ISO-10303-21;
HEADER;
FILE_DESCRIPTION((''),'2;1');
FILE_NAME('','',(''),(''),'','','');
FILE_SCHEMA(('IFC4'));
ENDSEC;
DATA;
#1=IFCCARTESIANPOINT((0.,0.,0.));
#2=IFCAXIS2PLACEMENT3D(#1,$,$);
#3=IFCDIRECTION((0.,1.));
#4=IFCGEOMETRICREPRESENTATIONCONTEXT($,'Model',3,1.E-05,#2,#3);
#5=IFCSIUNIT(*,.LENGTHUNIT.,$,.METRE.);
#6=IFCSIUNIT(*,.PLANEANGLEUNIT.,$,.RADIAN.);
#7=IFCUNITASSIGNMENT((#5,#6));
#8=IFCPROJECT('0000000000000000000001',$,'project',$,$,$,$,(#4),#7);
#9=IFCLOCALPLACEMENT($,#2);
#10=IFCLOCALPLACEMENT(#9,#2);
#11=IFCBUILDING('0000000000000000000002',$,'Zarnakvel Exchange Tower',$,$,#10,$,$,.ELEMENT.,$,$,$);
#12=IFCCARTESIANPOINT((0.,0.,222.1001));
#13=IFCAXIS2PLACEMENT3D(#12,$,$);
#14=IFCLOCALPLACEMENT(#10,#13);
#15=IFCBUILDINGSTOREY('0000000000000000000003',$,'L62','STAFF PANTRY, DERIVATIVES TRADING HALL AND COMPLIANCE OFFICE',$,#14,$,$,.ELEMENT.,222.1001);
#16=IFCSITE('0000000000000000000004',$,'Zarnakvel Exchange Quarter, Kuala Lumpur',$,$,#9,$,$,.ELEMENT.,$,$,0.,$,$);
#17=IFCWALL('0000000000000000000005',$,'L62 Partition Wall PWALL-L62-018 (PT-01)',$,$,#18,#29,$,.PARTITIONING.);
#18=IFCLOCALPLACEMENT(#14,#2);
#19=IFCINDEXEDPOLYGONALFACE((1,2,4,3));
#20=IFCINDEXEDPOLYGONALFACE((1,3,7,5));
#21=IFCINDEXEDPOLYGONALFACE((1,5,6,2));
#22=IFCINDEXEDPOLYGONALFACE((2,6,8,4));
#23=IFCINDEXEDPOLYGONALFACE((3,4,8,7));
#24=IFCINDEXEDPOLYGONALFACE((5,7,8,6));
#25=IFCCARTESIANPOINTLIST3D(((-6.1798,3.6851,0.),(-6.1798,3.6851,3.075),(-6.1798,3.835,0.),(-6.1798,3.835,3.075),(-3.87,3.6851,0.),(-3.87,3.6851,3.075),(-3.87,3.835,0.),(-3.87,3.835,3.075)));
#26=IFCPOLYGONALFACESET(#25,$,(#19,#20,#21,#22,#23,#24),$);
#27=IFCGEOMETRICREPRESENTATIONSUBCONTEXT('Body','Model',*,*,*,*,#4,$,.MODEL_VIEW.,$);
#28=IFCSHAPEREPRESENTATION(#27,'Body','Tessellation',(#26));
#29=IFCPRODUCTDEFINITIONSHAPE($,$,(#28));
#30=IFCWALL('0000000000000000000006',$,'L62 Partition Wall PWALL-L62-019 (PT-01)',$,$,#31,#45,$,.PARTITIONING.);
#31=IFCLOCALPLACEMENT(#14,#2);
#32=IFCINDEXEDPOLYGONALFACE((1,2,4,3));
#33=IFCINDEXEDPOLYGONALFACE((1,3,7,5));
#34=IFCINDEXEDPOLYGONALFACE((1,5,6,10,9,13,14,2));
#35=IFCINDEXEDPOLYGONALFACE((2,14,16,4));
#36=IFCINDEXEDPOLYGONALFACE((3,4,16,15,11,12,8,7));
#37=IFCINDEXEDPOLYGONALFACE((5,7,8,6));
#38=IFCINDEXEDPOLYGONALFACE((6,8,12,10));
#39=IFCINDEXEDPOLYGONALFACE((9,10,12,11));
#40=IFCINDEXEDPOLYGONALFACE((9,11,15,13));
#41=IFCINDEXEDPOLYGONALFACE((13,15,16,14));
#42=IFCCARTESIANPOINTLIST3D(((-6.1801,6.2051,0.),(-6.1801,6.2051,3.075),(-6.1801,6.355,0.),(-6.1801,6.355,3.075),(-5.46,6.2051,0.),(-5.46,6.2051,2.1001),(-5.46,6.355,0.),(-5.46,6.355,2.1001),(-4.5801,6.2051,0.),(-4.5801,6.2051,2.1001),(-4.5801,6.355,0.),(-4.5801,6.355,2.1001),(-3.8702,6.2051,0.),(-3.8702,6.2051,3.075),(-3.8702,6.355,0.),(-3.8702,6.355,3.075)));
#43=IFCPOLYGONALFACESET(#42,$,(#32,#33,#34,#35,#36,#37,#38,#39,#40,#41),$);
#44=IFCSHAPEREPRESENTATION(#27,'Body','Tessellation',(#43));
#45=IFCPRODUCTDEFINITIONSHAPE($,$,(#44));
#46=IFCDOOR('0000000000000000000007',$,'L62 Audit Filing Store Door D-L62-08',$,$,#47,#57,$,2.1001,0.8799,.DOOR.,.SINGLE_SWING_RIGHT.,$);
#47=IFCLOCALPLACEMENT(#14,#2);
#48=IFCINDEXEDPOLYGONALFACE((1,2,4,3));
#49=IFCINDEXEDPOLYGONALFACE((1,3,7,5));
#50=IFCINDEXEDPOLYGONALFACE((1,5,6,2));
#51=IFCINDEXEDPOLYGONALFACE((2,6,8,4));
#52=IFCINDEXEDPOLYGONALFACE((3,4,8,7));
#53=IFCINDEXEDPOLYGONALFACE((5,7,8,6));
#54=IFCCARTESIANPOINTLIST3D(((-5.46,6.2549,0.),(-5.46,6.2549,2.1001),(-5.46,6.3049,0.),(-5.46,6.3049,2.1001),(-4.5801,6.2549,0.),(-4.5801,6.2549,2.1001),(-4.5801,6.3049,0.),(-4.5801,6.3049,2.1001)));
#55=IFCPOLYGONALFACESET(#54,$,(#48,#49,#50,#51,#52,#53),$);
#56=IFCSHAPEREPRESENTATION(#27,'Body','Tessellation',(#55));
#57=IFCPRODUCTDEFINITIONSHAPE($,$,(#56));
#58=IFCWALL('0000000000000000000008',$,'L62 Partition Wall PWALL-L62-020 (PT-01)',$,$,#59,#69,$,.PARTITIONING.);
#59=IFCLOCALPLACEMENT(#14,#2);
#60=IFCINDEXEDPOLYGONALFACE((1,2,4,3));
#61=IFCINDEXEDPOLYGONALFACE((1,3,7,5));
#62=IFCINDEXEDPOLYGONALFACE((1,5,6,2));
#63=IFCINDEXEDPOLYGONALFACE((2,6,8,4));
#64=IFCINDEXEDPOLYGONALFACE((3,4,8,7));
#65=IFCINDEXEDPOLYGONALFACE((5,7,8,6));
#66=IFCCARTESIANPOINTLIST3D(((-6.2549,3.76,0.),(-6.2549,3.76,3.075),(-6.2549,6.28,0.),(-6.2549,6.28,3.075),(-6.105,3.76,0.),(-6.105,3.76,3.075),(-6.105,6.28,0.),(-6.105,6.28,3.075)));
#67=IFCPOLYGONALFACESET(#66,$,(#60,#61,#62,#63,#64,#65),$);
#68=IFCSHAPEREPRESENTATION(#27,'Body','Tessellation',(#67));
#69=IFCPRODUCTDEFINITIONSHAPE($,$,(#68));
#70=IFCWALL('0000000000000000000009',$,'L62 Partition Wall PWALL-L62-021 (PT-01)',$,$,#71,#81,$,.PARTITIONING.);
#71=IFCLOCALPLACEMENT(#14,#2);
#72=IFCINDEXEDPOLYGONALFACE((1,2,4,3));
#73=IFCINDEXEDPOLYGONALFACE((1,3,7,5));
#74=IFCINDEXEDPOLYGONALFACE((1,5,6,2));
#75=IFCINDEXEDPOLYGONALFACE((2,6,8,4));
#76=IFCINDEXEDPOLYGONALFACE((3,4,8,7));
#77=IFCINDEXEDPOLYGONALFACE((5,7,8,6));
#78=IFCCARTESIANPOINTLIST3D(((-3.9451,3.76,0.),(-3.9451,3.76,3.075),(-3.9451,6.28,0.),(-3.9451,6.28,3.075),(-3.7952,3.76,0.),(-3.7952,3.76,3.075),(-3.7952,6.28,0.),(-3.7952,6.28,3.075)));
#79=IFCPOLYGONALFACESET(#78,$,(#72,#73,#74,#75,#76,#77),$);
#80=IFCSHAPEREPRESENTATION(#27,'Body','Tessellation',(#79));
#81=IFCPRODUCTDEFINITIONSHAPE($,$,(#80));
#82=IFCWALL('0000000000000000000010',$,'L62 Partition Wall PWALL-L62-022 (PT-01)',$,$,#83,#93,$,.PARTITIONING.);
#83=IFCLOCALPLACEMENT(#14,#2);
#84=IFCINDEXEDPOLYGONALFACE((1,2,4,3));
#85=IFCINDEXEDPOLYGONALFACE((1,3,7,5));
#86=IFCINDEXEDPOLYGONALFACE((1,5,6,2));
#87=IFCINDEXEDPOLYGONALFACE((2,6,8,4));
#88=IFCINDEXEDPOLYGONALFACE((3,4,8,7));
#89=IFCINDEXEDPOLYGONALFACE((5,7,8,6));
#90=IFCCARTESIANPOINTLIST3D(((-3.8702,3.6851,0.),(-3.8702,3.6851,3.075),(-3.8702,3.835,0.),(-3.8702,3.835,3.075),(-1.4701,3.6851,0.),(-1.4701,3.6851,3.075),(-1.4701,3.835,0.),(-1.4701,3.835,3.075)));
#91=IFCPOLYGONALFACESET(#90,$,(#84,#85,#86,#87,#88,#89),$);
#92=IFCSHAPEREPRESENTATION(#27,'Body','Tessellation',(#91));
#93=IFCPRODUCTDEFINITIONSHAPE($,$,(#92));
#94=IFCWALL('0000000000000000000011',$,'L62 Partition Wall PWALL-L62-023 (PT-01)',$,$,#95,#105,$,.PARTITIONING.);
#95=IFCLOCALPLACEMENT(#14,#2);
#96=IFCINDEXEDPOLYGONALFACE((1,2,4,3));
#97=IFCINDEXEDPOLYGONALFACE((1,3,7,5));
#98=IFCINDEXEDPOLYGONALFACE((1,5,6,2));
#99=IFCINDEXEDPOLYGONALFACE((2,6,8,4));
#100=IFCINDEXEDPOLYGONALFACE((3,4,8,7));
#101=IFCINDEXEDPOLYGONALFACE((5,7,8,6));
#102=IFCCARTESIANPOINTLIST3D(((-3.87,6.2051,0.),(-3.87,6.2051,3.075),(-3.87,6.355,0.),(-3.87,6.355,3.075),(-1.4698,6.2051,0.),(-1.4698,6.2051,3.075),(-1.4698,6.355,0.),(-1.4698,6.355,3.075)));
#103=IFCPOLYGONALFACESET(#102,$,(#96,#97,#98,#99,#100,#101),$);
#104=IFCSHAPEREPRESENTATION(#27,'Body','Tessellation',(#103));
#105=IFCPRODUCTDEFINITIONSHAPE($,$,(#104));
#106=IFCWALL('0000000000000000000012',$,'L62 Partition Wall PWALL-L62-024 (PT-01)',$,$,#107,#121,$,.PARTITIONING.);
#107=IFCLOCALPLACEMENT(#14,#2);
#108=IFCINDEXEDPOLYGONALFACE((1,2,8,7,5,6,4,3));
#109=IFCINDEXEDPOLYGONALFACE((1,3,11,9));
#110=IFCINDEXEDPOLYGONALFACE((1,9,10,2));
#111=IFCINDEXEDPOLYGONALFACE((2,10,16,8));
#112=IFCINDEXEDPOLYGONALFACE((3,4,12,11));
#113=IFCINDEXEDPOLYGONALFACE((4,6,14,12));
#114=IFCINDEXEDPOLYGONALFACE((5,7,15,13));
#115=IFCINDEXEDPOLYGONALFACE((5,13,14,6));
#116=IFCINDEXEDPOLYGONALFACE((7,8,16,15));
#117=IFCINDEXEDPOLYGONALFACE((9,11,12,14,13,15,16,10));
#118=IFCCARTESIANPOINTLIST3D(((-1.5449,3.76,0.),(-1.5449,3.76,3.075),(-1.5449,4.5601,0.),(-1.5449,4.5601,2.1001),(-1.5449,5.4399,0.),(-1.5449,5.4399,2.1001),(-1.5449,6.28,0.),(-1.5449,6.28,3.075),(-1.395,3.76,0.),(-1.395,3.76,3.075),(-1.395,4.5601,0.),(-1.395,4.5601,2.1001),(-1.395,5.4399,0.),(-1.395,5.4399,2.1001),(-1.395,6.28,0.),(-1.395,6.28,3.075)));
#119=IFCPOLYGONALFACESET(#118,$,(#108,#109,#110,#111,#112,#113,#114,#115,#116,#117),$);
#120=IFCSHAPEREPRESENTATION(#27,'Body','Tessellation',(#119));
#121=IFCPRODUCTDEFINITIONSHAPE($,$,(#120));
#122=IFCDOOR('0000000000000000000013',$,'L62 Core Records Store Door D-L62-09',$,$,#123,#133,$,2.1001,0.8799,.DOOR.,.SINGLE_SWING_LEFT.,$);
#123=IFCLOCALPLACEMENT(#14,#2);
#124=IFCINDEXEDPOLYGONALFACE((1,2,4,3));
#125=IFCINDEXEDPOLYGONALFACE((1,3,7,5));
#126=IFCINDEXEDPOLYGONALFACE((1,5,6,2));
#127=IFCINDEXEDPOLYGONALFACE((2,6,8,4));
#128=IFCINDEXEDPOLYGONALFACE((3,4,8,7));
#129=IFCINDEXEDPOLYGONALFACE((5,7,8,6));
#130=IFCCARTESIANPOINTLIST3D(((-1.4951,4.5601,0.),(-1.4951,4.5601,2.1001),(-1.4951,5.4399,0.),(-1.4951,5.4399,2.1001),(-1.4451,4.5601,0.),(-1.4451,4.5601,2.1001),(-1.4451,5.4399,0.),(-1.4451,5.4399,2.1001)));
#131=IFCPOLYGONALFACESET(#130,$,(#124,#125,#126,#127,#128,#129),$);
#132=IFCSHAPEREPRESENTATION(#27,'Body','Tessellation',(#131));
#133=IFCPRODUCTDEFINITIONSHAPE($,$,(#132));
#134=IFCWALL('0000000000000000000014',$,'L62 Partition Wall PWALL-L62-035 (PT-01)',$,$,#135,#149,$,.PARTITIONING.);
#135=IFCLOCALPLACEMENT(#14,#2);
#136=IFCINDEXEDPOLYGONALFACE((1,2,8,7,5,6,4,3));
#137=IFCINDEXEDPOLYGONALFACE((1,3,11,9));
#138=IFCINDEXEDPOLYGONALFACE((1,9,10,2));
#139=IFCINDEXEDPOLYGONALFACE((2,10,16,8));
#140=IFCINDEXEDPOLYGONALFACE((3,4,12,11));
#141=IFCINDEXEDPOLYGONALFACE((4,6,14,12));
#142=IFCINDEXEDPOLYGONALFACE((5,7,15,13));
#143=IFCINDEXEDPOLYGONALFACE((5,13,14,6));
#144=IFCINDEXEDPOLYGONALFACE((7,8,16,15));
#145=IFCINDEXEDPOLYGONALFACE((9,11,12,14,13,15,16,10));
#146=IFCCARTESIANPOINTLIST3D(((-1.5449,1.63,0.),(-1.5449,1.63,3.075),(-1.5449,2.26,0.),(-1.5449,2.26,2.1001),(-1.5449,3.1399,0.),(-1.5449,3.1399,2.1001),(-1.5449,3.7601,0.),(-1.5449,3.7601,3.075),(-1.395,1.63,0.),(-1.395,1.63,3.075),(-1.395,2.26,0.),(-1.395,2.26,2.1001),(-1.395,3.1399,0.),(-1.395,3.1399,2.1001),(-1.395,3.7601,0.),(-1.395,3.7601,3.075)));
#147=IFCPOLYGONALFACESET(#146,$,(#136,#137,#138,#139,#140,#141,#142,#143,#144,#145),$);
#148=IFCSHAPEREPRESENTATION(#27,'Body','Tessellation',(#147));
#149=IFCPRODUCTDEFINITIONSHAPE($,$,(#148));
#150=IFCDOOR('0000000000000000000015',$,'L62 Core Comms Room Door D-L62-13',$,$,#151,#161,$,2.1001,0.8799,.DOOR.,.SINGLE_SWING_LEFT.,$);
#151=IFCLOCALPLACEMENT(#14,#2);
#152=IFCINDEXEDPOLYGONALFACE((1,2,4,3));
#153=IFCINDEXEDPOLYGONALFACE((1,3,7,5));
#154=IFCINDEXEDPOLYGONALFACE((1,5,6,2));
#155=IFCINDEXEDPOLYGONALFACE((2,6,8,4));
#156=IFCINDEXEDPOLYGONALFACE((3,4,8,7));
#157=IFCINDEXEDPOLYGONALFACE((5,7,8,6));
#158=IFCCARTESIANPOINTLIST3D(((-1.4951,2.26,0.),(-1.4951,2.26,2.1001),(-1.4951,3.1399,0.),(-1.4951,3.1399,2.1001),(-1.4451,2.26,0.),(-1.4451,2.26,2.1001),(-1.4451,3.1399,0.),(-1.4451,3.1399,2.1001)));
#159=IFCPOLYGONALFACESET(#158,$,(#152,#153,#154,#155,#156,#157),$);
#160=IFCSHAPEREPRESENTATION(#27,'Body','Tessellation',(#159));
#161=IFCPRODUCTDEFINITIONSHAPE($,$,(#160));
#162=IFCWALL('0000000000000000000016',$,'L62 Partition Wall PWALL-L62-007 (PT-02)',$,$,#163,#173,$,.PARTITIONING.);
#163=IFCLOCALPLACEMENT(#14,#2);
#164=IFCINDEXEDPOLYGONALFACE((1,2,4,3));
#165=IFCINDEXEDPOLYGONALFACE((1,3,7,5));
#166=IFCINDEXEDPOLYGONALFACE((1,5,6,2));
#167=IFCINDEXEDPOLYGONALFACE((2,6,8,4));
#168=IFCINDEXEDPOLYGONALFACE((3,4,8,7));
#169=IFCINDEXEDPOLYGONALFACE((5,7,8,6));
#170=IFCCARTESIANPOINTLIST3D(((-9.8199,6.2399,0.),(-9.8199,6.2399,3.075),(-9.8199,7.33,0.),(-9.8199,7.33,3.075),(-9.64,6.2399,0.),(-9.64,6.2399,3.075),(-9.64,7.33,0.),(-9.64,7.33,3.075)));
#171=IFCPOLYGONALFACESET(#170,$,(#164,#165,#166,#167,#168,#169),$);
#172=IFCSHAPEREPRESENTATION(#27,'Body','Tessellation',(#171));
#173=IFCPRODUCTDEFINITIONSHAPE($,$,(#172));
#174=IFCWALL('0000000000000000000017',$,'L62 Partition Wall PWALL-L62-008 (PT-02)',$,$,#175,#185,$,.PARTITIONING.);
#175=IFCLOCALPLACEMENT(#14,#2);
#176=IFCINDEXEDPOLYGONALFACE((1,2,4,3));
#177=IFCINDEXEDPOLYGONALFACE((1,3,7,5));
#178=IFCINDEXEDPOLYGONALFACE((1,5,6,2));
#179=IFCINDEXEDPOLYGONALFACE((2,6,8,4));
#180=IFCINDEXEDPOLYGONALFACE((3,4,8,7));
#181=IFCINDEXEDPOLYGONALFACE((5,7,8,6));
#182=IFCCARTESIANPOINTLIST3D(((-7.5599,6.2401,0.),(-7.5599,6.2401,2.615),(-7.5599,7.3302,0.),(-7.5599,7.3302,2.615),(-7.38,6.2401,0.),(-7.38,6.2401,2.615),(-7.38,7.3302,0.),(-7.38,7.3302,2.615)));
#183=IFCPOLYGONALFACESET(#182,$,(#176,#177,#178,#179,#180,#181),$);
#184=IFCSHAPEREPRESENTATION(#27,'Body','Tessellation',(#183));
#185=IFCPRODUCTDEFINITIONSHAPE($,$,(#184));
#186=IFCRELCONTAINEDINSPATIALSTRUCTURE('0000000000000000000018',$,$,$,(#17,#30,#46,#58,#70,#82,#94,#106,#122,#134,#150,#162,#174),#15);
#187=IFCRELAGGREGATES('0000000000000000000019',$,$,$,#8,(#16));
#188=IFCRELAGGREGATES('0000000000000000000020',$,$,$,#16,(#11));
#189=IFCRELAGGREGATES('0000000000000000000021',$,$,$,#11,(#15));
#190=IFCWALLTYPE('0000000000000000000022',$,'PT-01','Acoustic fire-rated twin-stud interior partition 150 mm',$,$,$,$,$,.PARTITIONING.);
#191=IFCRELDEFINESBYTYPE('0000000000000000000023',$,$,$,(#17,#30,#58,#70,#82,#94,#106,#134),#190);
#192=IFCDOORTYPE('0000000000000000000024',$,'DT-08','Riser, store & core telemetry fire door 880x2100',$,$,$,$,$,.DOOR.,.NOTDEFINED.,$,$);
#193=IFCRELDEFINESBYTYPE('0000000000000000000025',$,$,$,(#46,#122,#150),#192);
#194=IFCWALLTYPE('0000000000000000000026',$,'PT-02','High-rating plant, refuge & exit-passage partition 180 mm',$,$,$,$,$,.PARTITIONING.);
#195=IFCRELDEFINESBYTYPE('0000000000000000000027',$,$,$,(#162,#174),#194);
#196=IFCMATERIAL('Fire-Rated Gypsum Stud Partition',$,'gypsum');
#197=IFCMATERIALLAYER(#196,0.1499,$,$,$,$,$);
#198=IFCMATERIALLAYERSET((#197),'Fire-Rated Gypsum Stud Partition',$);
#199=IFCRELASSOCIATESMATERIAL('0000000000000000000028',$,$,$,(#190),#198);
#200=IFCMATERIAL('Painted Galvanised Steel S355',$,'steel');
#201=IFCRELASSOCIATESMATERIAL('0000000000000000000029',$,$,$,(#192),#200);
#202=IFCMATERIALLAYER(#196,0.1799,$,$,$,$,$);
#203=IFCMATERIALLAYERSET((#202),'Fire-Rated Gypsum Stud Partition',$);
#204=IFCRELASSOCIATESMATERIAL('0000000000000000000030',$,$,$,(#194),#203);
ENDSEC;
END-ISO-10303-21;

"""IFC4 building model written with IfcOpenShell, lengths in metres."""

from ifc_helpers import new_model, si_unit, direction, frame, frame_2d, origin, place, context, subcontext, project, spatial, rectangle, extrude, source, transform, mapped, material, layer, layer_set, type_object, element, fill, save


model = new_model("IFC4")

# Units and contexts
model_context = context("Model", 3, precision=1e-05, world=origin(), true_north=direction((0.0, 1.0)))
body_context = subcontext(model_context, "Body", "Model", "MODEL_VIEW")
ifc_project = project(units=[si_unit("LENGTHUNIT", "METRE"), si_unit("PLANEANGLEUNIT", "RADIAN")], contexts=[model_context])

# Site, building, storey
site_placement = place(None, origin())
site = spatial("IfcSite", under=ifc_project, at=site_placement, Name="Zarnakvel Exchange Quarter, Kuala Lumpur", CompositionType="ELEMENT", RefElevation=0.0)
building_placement = place(site_placement, origin())
building = spatial("IfcBuilding", under=site, at=building_placement, Name="Zarnakvel Exchange Tower", CompositionType="ELEMENT")
storey_placement = place(building_placement, frame((0.0, 0.0, 222.1001)))
storey = spatial("IfcBuildingStorey", under=building, at=storey_placement, Name="L62", Description="STAFF PANTRY, DERIVATIVES TRADING HALL AND COMPLIANCE OFFICE", CompositionType="ELEMENT", Elevation=222.1001)

# Wall
ifc_material_1 = material(Name="Fire-Rated Gypsum Stud Partition", Category="gypsum")
ifc_layer_1 = layer(ifc_material_1, 0.1499)
ifc_layer_set_1 = layer_set([ifc_layer_1], Name="Fire-Rated Gypsum Stud Partition")
wall_type_1 = type_object("IfcWallType", Name="PT-01", Description="Acoustic fire-rated twin-stud interior partition 150 mm", PredefinedType="PARTITIONING", material=ifc_layer_set_1)
wall_1_placement = place(storey_placement, frame((-3.8701, 3.76, 0.0), z_axis=(0.0, 0.0, 1.0), x_axis=(-1.0, 0.0, 0.0)))
element("IfcWall", 1, at=wall_1_placement, inside=storey, type_object=wall_type_1, Name="L62 Partition Wall PWALL-L62-018 (PT-01)", PredefinedType="PARTITIONING", context=body_context, shape_type="SweptSolid", body=[
    extrude(rectangle(XDim=2.3098, YDim=0.1499, at=frame_2d((1.1548, 0.0))), origin(), (0.0, 0.0, 1.0), 3.075),
])

# Wall, opening, door
wall_2_placement = place(storey_placement, frame((-6.1799, 6.28, 0.0), z_axis=(0.0, 0.0, 1.0), x_axis=(1.0, 0.0, 0.0)))
wall_2 = element("IfcWall", 2, at=wall_2_placement, inside=storey, type_object=wall_type_1, Name="L62 Partition Wall PWALL-L62-019 (PT-01)", PredefinedType="PARTITIONING", context=body_context, shape_type="SweptSolid", body=[
    extrude(rectangle(XDim=2.3098, YDim=0.1499, at=frame_2d((1.1548, 0.0))), origin(), (0.0, 0.0, 1.0), 3.075),
])
opening_1_placement = place(wall_2_placement, frame((0.72, 0.0, 0.0)))
opening_1 = element("IfcOpeningElement", 3, at=opening_1_placement, cuts=wall_2, PredefinedType="OPENING", context=body_context, shape_type="SweptSolid", body=[
    extrude(rectangle(XDim=0.8799, YDim=2.1001, at=frame_2d((0.4399, 1.05))), frame((0.0, 0.085, 0.0), z_axis=(0.0, -1.0, 0.0), x_axis=(1.0, 0.0, 0.0)), (0.0, 0.0, 1.0), 0.1699),
])
ifc_material_2 = material(Name="Painted Galvanised Steel S355", Category="steel")
door_type_1 = type_object("IfcDoorType", Name="DT-08", Description="Riser, store & core telemetry fire door 880x2100", OperationType="NOTDEFINED", PredefinedType="DOOR", material=ifc_material_2)
shared_shape_1 = source(origin(), body_context, "Body", "SweptSolid", [
    extrude(rectangle(XDim=0.8799, YDim=2.1001, at=frame_2d((0.4399, 1.05))), frame((0.0, 0.0249, 0.0), z_axis=(0.0, -1.0, 0.0), x_axis=(1.0, 0.0, 0.0)), (0.0, 0.0, 1.0), 0.05),
])
door_1_placement = place(opening_1_placement, origin())
door_1 = element("IfcDoor", 4, at=door_1_placement, inside=storey, type_object=door_type_1, Name="L62 Audit Filing Store Door D-L62-08", OperationType="SINGLE_SWING_RIGHT", OverallHeight=2.1001, OverallWidth=0.8799, PredefinedType="DOOR", context=body_context, shape_type="MappedRepresentation", body=[
    mapped(shared_shape_1, transform((0.0, 0.0, 0.0), x_axis=(1.0, 0.0, 0.0), y_axis=(0.0, 1.0, 0.0), z_axis=(0.0, 0.0, 1.0), scale=1.0)),
])
fill(opening_1, door_1)

# Walls
for number, where, z_axis, x_axis, name in (
    (5, (-6.1799, 3.76, 0.0), (0.0, 0.0, 1.0), (0.0, 1.0, 0.0), "L62 Partition Wall PWALL-L62-020 (PT-01)"),
    (6, (-3.8701, 6.28, 0.0), (0.0, 0.0, 1.0), (0.0, -1.0, 0.0), "L62 Partition Wall PWALL-L62-021 (PT-01)"),
):
    element("IfcWall", number, at=place(storey_placement, frame(where, z_axis=z_axis, x_axis=x_axis)), inside=storey, type_object=wall_type_1, Name=name, PredefinedType="PARTITIONING", context=body_context, shape_type="SweptSolid", body=[
        extrude(rectangle(XDim=2.52, YDim=0.1499, at=frame_2d((1.26, 0.0))), origin(), (0.0, 0.0, 1.0), 3.075),
    ])
for number, where, z_axis, x_axis, name in (
    (7, (-1.47, 3.76, 0.0), (0.0, 0.0, 1.0), (-1.0, 0.0, 0.0), "L62 Partition Wall PWALL-L62-022 (PT-01)"),
    (8, (-3.8701, 6.28, 0.0), (0.0, 0.0, 1.0), (1.0, 0.0, 0.0), "L62 Partition Wall PWALL-L62-023 (PT-01)"),
):
    element("IfcWall", number, at=place(storey_placement, frame(where, z_axis=z_axis, x_axis=x_axis)), inside=storey, type_object=wall_type_1, Name=name, PredefinedType="PARTITIONING", context=body_context, shape_type="SweptSolid", body=[
        extrude(rectangle(XDim=2.4001, YDim=0.1499, at=frame_2d((1.2002, 0.0))), origin(), (0.0, 0.0, 1.0), 3.075),
    ])

# Walls, openings, doors
wall_3_placement = place(storey_placement, frame((-1.47, 6.28, 0.0), z_axis=(0.0, 0.0, 1.0), x_axis=(0.0, -1.0, 0.0)))
wall_3 = element("IfcWall", 9, at=wall_3_placement, inside=storey, type_object=wall_type_1, Name="L62 Partition Wall PWALL-L62-024 (PT-01)", PredefinedType="PARTITIONING", context=body_context, shape_type="SweptSolid", body=[
    extrude(rectangle(XDim=2.52, YDim=0.1499, at=frame_2d((1.26, 0.0))), origin(), (0.0, 0.0, 1.0), 3.075),
])
opening_2_placement = place(wall_3_placement, frame((0.8401, 0.0, 0.0)))
opening_2 = element("IfcOpeningElement", 10, at=opening_2_placement, cuts=wall_3, PredefinedType="OPENING", context=body_context, shape_type="SweptSolid", body=[
    extrude(rectangle(XDim=0.8799, YDim=2.1001, at=frame_2d((0.4399, 1.05))), frame((0.0, 0.085, 0.0), z_axis=(0.0, -1.0, 0.0), x_axis=(1.0, 0.0, 0.0)), (0.0, 0.0, 1.0), 0.1699),
])
door_2_placement = place(opening_2_placement, origin())
door_2 = element("IfcDoor", 11, at=door_2_placement, inside=storey, type_object=door_type_1, Name="L62 Core Records Store Door D-L62-09", OperationType="SINGLE_SWING_LEFT", OverallHeight=2.1001, OverallWidth=0.8799, PredefinedType="DOOR", context=body_context, shape_type="MappedRepresentation", body=[
    mapped(shared_shape_1, transform((0.0, 0.0, 0.0), x_axis=(1.0, 0.0, 0.0), y_axis=(0.0, 1.0, 0.0), z_axis=(0.0, 0.0, 1.0), scale=1.0)),
])
fill(opening_2, door_2)
wall_4_placement = place(storey_placement, frame((-1.47, 3.76, 0.0), z_axis=(0.0, 0.0, 1.0), x_axis=(0.0, -1.0, 0.0)))
wall_4 = element("IfcWall", 12, at=wall_4_placement, inside=storey, type_object=wall_type_1, Name="L62 Partition Wall PWALL-L62-035 (PT-01)", PredefinedType="PARTITIONING", context=body_context, shape_type="SweptSolid", body=[
    extrude(rectangle(XDim=2.1301, YDim=0.1499, at=frame_2d((1.0649, 0.0))), origin(), (0.0, 0.0, 1.0), 3.075),
])
opening_3_placement = place(wall_4_placement, frame((0.6201, 0.0, 0.0)))
opening_3 = element("IfcOpeningElement", 13, at=opening_3_placement, cuts=wall_4, PredefinedType="OPENING", context=body_context, shape_type="SweptSolid", body=[
    extrude(rectangle(XDim=0.8799, YDim=2.1001, at=frame_2d((0.4399, 1.05))), frame((0.0, 0.085, 0.0), z_axis=(0.0, -1.0, 0.0), x_axis=(1.0, 0.0, 0.0)), (0.0, 0.0, 1.0), 0.1699),
])
door_3_placement = place(opening_3_placement, origin())
door_3 = element("IfcDoor", 14, at=door_3_placement, inside=storey, type_object=door_type_1, Name="L62 Core Comms Room Door D-L62-13", OperationType="SINGLE_SWING_LEFT", OverallHeight=2.1001, OverallWidth=0.8799, PredefinedType="DOOR", context=body_context, shape_type="MappedRepresentation", body=[
    mapped(shared_shape_1, transform((0.0, 0.0, 0.0), x_axis=(1.0, 0.0, 0.0), y_axis=(0.0, 1.0, 0.0), z_axis=(0.0, 0.0, 1.0), scale=1.0)),
])
fill(opening_3, door_3)

# Walls
ifc_layer_2 = layer(ifc_material_1, 0.1799)
ifc_layer_set_2 = layer_set([ifc_layer_2], Name="Fire-Rated Gypsum Stud Partition")
wall_type_2 = type_object("IfcWallType", Name="PT-02", Description="High-rating plant, refuge & exit-passage partition 180 mm", PredefinedType="PARTITIONING", material=ifc_layer_set_2)
wall_5_placement = place(storey_placement, frame((-9.73, 6.24, 0.0), z_axis=(0.0, 0.0, 1.0), x_axis=(0.0, 1.0, 0.0)))
element("IfcWall", 15, at=wall_5_placement, inside=storey, type_object=wall_type_2, Name="L62 Partition Wall PWALL-L62-007 (PT-02)", PredefinedType="PARTITIONING", context=body_context, shape_type="SweptSolid", body=[
    extrude(rectangle(XDim=1.0901, YDim=0.1799, at=frame_2d((0.5449, 0.0))), origin(), (0.0, 0.0, 1.0), 3.075),
])
wall_6_placement = place(storey_placement, frame((-7.47, 7.3301, 0.0), z_axis=(0.0, 0.0, 1.0), x_axis=(0.0, -1.0, 0.0)))
element("IfcWall", 16, at=wall_6_placement, inside=storey, type_object=wall_type_2, Name="L62 Partition Wall PWALL-L62-008 (PT-02)", PredefinedType="PARTITIONING", context=body_context, shape_type="SweptSolid", body=[
    extrude(rectangle(XDim=1.0901, YDim=0.1799, at=frame_2d((0.5449, 0.0))), origin(), (0.0, 0.0, 1.0), 2.615),
])

save(model, "model.ifc")
